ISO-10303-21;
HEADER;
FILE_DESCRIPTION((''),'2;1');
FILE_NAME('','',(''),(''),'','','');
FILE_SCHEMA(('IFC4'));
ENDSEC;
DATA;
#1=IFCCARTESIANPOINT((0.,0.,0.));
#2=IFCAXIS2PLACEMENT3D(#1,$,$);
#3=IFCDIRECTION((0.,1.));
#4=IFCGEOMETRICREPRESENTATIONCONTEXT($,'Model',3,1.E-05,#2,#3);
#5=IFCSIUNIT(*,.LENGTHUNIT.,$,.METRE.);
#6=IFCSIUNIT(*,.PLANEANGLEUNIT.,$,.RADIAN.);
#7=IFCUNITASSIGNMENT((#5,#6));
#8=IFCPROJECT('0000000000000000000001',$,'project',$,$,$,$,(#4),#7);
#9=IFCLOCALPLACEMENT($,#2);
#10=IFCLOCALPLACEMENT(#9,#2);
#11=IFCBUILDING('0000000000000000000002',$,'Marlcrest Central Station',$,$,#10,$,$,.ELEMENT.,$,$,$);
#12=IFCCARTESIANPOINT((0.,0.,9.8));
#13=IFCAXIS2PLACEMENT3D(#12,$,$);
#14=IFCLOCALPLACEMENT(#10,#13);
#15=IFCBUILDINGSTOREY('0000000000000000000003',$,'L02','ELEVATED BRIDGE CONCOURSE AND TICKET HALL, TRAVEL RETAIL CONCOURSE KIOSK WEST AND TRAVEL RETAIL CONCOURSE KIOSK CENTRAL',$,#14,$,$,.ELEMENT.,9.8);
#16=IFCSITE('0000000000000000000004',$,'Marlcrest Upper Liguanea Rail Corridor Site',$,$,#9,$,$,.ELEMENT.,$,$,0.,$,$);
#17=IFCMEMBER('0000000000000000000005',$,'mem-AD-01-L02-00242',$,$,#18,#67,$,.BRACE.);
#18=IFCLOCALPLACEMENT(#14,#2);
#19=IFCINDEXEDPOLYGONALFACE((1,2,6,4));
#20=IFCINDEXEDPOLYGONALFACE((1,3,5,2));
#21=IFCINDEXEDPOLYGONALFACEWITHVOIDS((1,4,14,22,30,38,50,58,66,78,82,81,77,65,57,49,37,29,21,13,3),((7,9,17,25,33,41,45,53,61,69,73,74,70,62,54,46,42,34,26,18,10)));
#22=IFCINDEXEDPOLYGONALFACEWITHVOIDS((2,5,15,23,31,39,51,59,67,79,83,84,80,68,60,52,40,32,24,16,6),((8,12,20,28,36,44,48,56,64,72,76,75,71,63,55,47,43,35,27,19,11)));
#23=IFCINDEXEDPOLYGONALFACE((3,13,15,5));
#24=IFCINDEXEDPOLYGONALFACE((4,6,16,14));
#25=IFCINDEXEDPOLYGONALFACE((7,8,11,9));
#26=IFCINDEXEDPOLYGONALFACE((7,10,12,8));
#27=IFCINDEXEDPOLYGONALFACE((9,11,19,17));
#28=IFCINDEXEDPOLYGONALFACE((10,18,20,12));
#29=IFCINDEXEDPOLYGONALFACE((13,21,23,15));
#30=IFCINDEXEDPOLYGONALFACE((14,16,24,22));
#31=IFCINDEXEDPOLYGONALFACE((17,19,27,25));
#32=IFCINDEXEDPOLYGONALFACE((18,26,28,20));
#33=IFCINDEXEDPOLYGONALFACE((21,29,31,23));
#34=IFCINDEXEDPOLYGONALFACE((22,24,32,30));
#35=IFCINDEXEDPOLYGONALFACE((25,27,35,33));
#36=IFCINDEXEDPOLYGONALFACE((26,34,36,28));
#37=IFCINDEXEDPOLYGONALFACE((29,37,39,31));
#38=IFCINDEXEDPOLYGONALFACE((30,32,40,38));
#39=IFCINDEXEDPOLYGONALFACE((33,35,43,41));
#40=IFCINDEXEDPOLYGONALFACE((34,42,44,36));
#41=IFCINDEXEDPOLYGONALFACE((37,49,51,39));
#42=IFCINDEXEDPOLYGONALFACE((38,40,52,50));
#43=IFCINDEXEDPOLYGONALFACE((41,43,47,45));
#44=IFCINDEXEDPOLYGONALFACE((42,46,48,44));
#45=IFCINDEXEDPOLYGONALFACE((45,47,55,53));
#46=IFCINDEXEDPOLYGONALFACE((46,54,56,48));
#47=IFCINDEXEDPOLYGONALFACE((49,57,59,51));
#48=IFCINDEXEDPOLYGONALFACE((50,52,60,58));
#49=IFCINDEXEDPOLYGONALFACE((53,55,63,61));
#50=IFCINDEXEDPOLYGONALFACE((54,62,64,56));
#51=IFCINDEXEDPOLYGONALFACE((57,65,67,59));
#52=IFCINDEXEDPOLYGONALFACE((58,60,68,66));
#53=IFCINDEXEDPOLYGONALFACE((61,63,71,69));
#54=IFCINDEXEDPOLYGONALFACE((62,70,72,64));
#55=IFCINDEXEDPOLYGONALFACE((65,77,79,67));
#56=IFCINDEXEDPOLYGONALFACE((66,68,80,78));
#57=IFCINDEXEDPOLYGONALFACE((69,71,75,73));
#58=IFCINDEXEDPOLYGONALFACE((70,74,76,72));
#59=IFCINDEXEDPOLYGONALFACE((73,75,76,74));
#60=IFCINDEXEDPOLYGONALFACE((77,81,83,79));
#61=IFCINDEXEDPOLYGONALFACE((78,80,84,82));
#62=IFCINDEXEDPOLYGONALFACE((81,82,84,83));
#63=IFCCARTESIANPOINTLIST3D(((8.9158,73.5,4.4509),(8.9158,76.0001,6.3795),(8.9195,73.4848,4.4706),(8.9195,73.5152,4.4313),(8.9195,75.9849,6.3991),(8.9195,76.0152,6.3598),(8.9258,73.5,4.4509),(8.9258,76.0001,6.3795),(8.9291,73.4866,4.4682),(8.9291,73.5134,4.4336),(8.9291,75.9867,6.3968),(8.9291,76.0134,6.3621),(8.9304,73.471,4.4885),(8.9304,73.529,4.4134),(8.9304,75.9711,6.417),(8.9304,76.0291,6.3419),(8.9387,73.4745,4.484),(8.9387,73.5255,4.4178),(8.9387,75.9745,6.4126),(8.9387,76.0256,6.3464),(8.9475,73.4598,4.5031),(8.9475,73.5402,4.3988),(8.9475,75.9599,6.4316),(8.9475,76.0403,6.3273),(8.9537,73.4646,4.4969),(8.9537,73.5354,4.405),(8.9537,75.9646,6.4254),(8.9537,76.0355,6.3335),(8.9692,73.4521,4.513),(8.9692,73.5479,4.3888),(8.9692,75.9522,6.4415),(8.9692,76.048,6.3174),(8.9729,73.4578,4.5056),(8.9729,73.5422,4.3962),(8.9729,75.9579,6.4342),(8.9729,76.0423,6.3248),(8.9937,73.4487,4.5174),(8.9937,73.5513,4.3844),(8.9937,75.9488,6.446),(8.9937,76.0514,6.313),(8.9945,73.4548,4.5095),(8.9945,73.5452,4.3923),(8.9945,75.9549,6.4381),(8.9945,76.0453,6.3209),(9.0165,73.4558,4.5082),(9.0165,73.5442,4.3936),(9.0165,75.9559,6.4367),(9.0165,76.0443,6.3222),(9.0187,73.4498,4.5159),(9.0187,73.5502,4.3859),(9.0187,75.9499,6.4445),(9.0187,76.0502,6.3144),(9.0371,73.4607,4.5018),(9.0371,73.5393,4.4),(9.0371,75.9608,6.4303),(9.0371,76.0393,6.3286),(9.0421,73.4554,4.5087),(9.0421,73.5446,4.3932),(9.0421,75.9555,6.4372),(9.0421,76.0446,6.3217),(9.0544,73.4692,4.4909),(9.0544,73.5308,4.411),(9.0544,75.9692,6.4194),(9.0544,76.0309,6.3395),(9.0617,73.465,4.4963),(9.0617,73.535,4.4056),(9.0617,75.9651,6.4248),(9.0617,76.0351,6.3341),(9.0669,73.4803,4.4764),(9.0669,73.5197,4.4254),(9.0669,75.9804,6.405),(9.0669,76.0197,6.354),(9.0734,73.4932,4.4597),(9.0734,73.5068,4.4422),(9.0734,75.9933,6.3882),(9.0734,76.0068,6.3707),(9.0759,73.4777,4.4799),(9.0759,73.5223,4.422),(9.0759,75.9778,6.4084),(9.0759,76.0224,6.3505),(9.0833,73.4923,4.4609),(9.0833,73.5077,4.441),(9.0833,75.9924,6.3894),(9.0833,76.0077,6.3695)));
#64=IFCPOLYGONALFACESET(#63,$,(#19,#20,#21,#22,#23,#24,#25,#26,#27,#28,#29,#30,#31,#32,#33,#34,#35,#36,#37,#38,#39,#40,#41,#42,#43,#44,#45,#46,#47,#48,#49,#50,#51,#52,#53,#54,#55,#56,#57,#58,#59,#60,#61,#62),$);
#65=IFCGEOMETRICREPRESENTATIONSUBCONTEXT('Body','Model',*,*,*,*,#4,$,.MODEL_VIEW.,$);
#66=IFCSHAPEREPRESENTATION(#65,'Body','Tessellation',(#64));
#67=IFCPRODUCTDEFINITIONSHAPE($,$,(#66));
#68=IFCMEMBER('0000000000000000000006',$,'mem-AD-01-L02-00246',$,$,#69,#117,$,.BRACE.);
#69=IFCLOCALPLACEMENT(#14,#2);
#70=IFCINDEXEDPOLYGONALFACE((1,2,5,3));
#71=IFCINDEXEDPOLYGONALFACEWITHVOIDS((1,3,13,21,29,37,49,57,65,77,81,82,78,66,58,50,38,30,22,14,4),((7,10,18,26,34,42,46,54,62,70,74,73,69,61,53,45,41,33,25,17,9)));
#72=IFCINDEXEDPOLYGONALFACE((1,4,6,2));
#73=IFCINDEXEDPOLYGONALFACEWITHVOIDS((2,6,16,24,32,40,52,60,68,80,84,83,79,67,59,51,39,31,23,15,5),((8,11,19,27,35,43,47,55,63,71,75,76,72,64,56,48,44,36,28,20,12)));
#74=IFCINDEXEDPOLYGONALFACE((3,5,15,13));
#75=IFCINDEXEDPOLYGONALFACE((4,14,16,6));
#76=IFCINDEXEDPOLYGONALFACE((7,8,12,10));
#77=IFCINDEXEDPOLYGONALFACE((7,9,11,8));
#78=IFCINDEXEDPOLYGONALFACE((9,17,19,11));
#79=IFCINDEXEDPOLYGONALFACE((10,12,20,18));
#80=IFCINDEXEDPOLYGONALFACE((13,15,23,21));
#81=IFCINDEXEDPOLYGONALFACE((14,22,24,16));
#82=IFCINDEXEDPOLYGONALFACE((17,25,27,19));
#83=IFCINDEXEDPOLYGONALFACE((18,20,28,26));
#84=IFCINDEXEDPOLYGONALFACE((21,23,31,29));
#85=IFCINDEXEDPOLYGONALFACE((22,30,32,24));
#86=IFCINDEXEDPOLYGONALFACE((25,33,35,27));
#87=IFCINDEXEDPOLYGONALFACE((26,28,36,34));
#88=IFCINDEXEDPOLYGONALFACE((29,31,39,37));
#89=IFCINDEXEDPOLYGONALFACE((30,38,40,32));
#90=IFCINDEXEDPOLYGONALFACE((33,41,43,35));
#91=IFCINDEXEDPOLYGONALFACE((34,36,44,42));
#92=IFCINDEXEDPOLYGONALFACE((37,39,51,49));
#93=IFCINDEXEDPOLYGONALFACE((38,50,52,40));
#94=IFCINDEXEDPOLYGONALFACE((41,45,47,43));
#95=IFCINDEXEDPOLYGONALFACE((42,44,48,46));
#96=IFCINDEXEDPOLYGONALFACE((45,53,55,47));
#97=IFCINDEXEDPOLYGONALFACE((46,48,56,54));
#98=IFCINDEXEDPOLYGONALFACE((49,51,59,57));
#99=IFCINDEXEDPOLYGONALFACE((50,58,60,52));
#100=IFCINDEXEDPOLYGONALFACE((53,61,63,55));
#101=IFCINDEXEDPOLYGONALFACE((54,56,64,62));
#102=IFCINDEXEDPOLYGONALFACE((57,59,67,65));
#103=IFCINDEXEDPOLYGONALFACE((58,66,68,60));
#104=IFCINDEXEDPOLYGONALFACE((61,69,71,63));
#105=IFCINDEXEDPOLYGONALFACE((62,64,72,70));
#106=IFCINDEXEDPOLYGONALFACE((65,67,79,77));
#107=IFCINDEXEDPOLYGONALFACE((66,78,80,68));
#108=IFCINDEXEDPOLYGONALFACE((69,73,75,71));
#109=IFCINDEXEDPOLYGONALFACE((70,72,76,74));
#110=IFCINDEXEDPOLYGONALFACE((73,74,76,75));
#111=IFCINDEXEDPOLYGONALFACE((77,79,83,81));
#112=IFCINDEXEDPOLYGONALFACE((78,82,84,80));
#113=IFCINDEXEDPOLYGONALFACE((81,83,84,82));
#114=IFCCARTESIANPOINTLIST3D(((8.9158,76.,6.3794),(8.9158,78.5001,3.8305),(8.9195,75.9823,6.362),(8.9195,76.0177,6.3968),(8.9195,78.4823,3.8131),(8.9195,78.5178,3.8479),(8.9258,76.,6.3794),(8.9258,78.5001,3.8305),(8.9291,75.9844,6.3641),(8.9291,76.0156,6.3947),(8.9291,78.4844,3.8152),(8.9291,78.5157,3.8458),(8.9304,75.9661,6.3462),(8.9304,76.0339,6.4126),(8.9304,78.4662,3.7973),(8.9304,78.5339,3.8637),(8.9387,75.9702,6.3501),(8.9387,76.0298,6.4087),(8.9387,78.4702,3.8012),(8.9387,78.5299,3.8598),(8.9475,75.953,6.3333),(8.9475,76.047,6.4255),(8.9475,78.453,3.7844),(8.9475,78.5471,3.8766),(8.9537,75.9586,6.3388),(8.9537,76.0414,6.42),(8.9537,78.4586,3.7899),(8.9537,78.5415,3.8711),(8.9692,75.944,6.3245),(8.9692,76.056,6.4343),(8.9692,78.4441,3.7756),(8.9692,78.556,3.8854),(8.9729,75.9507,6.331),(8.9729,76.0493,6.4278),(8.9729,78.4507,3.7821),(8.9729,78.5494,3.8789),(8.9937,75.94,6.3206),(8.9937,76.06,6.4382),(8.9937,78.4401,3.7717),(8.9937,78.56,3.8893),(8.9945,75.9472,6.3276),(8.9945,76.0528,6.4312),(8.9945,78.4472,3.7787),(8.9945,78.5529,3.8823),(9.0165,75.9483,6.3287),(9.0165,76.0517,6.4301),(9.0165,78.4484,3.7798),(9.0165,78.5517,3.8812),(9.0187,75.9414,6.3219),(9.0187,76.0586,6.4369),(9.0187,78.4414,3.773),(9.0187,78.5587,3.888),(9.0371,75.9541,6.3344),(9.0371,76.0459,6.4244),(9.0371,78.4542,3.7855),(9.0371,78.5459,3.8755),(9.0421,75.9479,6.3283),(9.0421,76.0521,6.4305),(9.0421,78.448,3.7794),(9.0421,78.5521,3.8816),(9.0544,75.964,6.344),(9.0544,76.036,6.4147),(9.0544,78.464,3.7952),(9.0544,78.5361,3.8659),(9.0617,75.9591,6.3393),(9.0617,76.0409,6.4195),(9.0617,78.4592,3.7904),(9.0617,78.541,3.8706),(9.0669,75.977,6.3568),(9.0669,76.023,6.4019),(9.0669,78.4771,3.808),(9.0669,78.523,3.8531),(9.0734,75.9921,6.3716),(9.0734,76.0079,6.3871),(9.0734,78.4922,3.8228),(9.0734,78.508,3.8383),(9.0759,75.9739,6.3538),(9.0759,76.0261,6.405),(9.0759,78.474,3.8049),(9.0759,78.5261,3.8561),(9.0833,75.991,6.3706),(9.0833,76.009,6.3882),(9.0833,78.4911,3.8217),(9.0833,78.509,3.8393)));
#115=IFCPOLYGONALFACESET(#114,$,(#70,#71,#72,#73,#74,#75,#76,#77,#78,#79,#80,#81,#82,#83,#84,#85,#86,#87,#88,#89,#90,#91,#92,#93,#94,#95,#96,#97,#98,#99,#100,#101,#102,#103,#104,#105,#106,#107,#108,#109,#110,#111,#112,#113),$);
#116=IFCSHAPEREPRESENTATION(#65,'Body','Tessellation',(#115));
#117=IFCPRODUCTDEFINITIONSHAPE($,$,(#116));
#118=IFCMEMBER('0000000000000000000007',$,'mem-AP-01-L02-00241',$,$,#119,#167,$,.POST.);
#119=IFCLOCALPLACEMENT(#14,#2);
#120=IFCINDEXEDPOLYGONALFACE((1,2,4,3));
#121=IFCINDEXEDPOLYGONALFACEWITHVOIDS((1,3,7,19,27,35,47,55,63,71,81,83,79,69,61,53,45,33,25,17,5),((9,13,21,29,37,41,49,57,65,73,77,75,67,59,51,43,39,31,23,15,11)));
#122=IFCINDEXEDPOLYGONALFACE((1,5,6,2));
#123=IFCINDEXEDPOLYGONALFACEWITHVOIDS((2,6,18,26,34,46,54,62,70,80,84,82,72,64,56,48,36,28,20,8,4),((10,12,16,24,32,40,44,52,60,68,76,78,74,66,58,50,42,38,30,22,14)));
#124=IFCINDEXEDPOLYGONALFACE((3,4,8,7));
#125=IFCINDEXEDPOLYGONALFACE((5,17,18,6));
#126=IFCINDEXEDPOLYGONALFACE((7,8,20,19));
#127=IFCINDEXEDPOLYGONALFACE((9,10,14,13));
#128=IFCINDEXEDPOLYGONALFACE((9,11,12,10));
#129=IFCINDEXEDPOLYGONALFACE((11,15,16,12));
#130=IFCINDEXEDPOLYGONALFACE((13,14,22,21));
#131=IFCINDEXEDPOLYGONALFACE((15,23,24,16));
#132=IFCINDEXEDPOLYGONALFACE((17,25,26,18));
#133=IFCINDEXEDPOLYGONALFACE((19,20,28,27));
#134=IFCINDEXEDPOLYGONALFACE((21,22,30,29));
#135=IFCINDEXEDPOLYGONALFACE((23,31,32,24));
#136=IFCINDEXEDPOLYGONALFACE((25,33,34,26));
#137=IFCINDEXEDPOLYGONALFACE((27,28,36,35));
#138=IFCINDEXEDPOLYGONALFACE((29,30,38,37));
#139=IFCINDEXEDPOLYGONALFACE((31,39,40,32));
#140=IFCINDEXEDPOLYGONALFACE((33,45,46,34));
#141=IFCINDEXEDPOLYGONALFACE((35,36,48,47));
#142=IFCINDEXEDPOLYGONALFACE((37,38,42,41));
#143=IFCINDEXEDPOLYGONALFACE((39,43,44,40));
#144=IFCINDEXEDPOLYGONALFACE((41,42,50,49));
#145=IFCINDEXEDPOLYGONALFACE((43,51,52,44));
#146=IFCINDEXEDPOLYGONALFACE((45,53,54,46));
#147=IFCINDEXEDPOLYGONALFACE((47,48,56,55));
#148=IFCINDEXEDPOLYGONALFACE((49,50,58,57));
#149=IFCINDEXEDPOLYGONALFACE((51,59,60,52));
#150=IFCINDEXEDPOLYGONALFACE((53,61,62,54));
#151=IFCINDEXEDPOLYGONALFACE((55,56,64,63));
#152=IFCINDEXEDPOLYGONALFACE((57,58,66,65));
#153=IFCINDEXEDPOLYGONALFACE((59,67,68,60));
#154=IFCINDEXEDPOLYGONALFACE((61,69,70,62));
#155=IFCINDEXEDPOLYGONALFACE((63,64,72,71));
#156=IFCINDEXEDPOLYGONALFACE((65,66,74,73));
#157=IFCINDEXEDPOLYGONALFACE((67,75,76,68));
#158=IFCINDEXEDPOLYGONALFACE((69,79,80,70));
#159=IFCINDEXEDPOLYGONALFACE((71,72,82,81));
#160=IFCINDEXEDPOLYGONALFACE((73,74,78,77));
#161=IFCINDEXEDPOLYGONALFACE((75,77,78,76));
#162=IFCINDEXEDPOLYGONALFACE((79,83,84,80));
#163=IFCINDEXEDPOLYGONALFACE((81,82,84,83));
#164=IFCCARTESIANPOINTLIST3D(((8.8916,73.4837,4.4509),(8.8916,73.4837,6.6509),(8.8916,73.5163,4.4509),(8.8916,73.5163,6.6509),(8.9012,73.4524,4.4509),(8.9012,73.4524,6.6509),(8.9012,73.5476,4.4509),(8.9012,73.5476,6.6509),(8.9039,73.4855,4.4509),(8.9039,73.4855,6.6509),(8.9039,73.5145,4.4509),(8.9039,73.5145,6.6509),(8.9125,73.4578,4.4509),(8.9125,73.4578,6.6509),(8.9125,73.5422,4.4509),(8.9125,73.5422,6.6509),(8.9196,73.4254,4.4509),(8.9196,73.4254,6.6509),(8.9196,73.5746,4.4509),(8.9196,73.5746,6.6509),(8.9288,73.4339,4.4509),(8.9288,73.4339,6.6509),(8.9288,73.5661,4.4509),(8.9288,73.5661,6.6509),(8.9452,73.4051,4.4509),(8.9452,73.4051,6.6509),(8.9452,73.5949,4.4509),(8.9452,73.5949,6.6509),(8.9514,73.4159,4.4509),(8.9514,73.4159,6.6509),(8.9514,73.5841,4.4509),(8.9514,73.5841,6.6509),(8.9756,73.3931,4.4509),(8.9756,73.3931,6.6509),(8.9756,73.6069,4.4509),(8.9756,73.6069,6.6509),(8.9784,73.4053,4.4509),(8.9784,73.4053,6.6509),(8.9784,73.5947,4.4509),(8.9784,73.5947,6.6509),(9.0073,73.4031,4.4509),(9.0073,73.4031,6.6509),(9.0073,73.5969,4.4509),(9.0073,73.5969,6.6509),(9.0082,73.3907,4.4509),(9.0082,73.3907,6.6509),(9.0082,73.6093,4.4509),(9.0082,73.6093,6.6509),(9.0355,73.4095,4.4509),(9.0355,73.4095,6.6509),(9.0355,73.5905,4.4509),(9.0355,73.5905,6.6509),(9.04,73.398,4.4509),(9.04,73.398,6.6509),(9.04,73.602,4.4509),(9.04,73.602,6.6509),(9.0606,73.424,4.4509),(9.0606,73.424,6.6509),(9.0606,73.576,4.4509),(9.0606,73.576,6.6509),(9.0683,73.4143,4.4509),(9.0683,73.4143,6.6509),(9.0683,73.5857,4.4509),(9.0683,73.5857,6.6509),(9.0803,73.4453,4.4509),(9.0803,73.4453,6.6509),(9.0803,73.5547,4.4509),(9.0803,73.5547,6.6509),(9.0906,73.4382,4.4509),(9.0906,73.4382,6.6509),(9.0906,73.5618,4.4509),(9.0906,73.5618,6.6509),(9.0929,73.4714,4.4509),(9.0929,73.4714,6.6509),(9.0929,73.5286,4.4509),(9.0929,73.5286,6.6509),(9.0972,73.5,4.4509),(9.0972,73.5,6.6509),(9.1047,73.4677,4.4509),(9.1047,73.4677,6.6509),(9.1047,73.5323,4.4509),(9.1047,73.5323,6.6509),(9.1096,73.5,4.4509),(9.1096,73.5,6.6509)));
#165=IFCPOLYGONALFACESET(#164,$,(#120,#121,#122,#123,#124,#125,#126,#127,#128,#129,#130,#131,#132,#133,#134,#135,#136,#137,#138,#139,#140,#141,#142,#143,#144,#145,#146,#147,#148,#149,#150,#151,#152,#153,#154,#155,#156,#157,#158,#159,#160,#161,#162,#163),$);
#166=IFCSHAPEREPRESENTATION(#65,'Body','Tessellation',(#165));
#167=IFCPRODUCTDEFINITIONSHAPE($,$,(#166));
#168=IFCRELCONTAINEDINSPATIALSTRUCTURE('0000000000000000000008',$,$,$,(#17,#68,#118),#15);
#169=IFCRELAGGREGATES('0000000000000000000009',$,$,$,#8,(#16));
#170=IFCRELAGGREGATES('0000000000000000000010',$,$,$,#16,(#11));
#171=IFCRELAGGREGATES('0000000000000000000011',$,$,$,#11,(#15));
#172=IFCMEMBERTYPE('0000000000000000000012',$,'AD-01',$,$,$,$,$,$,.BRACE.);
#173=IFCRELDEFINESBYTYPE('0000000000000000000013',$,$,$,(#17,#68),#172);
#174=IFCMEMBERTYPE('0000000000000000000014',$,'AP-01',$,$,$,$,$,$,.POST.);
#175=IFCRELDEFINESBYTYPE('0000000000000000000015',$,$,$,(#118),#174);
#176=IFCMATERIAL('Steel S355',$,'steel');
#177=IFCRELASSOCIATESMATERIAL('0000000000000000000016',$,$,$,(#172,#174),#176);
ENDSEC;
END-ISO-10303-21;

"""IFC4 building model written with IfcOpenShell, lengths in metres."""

from ifc_helpers import new_model, si_unit, direction, frame, origin, origin_2d, place, context, subcontext, project, spatial, hollow_circle, extrude, material, material_profile, profile_set, type_object, element, save


model = new_model("IFC4")

# Units and contexts
model_context = context("Model", 3, precision=1e-05, world=origin(), true_north=direction((0.0, 1.0)))
body_context = subcontext(model_context, "Body", "Model", "MODEL_VIEW")
ifc_project = project(units=[si_unit("LENGTHUNIT", "METRE"), si_unit("PLANEANGLEUNIT", "RADIAN")], contexts=[model_context])

# Site, building, storey
site_placement = place(None, origin())
site = spatial("IfcSite", under=ifc_project, at=site_placement, Name="Marlcrest Upper Liguanea Rail Corridor Site", CompositionType="ELEMENT", RefElevation=0.0)
building_placement = place(site_placement, origin())
building = spatial("IfcBuilding", under=site, at=building_placement, Name="Marlcrest Central Station", CompositionType="ELEMENT")
storey_placement = place(building_placement, frame((0.0, 0.0, 9.8)))
storey = spatial("IfcBuildingStorey", under=building, at=storey_placement, Name="L02", Description="ELEVATED BRIDGE CONCOURSE AND TICKET HALL, TRAVEL RETAIL CONCOURSE KIOSK WEST AND TRAVEL RETAIL CONCOURSE KIOSK CENTRAL", CompositionType="ELEMENT", Elevation=9.8)

# Members
ifc_material = material(Name="Steel S355", Category="steel")
ifc_material_profile_1 = material_profile(ifc_material, hollow_circle(Radius=0.0842, WallThickness=0.01, at=origin_2d()), Name="CHS 168.3x10")
ifc_profile_set_1 = profile_set([ifc_material_profile_1], Name="Steel S355")
member_type_1 = type_object("IfcMemberType", Name="AD-01", PredefinedType="BRACE", material=ifc_profile_set_1)
member_1_placement = place(storey_placement, frame((9.0, 73.5, 4.4509), z_axis=(0.0, 0.791798, 0.610783), x_axis=(-1.0, 0.0, 0.0)))
element("IfcMember", 1, at=member_1_placement, inside=storey, type_object=member_type_1, Name="mem-AD-01-L02-00242", PredefinedType="BRACE", context=body_context, shape_type="SweptSolid", body=[
    extrude(hollow_circle(Radius=0.0842, WallThickness=0.01, at=origin_2d()), origin(), (0.0, 0.0, 1.0), 3.1575),
])
member_2_placement = place(storey_placement, frame((9.0, 76.0, 6.3794), z_axis=(0.0, 0.700235, -0.713912), x_axis=(-1.0, 0.0, 0.0)))
element("IfcMember", 2, at=member_2_placement, inside=storey, type_object=member_type_1, Name="mem-AD-01-L02-00246", PredefinedType="BRACE", context=body_context, shape_type="SweptSolid", body=[
    extrude(hollow_circle(Radius=0.0842, WallThickness=0.01, at=origin_2d()), origin(), (0.0, 0.0, 1.0), 3.5703),
])
ifc_material_profile_2 = material_profile(ifc_material, hollow_circle(Radius=0.1096, WallThickness=0.0125, at=origin_2d()), Name="CHS 219.1x12.5")
ifc_profile_set_2 = profile_set([ifc_material_profile_2], Name="Steel S355")
member_type_2 = type_object("IfcMemberType", Name="AP-01", PredefinedType="POST", material=ifc_profile_set_2)
for number, where, z_axis, x_axis, name in (
    (3, (9.0, 73.5, 4.4509), (0.0, 0.0, 1.0), (1.0, 0.0, 0.0), "mem-AP-01-L02-00241"),
):
    element("IfcMember", number, at=place(storey_placement, frame(where, z_axis=z_axis, x_axis=x_axis)), inside=storey, type_object=member_type_2, Name=name, PredefinedType="POST", context=body_context, shape_type="SweptSolid", body=[
        extrude(hollow_circle(Radius=0.1096, WallThickness=0.0125, at=origin_2d()), origin(), (0.0, 0.0, 1.0), 2.2),
    ])

save(model, "model.ifc")
